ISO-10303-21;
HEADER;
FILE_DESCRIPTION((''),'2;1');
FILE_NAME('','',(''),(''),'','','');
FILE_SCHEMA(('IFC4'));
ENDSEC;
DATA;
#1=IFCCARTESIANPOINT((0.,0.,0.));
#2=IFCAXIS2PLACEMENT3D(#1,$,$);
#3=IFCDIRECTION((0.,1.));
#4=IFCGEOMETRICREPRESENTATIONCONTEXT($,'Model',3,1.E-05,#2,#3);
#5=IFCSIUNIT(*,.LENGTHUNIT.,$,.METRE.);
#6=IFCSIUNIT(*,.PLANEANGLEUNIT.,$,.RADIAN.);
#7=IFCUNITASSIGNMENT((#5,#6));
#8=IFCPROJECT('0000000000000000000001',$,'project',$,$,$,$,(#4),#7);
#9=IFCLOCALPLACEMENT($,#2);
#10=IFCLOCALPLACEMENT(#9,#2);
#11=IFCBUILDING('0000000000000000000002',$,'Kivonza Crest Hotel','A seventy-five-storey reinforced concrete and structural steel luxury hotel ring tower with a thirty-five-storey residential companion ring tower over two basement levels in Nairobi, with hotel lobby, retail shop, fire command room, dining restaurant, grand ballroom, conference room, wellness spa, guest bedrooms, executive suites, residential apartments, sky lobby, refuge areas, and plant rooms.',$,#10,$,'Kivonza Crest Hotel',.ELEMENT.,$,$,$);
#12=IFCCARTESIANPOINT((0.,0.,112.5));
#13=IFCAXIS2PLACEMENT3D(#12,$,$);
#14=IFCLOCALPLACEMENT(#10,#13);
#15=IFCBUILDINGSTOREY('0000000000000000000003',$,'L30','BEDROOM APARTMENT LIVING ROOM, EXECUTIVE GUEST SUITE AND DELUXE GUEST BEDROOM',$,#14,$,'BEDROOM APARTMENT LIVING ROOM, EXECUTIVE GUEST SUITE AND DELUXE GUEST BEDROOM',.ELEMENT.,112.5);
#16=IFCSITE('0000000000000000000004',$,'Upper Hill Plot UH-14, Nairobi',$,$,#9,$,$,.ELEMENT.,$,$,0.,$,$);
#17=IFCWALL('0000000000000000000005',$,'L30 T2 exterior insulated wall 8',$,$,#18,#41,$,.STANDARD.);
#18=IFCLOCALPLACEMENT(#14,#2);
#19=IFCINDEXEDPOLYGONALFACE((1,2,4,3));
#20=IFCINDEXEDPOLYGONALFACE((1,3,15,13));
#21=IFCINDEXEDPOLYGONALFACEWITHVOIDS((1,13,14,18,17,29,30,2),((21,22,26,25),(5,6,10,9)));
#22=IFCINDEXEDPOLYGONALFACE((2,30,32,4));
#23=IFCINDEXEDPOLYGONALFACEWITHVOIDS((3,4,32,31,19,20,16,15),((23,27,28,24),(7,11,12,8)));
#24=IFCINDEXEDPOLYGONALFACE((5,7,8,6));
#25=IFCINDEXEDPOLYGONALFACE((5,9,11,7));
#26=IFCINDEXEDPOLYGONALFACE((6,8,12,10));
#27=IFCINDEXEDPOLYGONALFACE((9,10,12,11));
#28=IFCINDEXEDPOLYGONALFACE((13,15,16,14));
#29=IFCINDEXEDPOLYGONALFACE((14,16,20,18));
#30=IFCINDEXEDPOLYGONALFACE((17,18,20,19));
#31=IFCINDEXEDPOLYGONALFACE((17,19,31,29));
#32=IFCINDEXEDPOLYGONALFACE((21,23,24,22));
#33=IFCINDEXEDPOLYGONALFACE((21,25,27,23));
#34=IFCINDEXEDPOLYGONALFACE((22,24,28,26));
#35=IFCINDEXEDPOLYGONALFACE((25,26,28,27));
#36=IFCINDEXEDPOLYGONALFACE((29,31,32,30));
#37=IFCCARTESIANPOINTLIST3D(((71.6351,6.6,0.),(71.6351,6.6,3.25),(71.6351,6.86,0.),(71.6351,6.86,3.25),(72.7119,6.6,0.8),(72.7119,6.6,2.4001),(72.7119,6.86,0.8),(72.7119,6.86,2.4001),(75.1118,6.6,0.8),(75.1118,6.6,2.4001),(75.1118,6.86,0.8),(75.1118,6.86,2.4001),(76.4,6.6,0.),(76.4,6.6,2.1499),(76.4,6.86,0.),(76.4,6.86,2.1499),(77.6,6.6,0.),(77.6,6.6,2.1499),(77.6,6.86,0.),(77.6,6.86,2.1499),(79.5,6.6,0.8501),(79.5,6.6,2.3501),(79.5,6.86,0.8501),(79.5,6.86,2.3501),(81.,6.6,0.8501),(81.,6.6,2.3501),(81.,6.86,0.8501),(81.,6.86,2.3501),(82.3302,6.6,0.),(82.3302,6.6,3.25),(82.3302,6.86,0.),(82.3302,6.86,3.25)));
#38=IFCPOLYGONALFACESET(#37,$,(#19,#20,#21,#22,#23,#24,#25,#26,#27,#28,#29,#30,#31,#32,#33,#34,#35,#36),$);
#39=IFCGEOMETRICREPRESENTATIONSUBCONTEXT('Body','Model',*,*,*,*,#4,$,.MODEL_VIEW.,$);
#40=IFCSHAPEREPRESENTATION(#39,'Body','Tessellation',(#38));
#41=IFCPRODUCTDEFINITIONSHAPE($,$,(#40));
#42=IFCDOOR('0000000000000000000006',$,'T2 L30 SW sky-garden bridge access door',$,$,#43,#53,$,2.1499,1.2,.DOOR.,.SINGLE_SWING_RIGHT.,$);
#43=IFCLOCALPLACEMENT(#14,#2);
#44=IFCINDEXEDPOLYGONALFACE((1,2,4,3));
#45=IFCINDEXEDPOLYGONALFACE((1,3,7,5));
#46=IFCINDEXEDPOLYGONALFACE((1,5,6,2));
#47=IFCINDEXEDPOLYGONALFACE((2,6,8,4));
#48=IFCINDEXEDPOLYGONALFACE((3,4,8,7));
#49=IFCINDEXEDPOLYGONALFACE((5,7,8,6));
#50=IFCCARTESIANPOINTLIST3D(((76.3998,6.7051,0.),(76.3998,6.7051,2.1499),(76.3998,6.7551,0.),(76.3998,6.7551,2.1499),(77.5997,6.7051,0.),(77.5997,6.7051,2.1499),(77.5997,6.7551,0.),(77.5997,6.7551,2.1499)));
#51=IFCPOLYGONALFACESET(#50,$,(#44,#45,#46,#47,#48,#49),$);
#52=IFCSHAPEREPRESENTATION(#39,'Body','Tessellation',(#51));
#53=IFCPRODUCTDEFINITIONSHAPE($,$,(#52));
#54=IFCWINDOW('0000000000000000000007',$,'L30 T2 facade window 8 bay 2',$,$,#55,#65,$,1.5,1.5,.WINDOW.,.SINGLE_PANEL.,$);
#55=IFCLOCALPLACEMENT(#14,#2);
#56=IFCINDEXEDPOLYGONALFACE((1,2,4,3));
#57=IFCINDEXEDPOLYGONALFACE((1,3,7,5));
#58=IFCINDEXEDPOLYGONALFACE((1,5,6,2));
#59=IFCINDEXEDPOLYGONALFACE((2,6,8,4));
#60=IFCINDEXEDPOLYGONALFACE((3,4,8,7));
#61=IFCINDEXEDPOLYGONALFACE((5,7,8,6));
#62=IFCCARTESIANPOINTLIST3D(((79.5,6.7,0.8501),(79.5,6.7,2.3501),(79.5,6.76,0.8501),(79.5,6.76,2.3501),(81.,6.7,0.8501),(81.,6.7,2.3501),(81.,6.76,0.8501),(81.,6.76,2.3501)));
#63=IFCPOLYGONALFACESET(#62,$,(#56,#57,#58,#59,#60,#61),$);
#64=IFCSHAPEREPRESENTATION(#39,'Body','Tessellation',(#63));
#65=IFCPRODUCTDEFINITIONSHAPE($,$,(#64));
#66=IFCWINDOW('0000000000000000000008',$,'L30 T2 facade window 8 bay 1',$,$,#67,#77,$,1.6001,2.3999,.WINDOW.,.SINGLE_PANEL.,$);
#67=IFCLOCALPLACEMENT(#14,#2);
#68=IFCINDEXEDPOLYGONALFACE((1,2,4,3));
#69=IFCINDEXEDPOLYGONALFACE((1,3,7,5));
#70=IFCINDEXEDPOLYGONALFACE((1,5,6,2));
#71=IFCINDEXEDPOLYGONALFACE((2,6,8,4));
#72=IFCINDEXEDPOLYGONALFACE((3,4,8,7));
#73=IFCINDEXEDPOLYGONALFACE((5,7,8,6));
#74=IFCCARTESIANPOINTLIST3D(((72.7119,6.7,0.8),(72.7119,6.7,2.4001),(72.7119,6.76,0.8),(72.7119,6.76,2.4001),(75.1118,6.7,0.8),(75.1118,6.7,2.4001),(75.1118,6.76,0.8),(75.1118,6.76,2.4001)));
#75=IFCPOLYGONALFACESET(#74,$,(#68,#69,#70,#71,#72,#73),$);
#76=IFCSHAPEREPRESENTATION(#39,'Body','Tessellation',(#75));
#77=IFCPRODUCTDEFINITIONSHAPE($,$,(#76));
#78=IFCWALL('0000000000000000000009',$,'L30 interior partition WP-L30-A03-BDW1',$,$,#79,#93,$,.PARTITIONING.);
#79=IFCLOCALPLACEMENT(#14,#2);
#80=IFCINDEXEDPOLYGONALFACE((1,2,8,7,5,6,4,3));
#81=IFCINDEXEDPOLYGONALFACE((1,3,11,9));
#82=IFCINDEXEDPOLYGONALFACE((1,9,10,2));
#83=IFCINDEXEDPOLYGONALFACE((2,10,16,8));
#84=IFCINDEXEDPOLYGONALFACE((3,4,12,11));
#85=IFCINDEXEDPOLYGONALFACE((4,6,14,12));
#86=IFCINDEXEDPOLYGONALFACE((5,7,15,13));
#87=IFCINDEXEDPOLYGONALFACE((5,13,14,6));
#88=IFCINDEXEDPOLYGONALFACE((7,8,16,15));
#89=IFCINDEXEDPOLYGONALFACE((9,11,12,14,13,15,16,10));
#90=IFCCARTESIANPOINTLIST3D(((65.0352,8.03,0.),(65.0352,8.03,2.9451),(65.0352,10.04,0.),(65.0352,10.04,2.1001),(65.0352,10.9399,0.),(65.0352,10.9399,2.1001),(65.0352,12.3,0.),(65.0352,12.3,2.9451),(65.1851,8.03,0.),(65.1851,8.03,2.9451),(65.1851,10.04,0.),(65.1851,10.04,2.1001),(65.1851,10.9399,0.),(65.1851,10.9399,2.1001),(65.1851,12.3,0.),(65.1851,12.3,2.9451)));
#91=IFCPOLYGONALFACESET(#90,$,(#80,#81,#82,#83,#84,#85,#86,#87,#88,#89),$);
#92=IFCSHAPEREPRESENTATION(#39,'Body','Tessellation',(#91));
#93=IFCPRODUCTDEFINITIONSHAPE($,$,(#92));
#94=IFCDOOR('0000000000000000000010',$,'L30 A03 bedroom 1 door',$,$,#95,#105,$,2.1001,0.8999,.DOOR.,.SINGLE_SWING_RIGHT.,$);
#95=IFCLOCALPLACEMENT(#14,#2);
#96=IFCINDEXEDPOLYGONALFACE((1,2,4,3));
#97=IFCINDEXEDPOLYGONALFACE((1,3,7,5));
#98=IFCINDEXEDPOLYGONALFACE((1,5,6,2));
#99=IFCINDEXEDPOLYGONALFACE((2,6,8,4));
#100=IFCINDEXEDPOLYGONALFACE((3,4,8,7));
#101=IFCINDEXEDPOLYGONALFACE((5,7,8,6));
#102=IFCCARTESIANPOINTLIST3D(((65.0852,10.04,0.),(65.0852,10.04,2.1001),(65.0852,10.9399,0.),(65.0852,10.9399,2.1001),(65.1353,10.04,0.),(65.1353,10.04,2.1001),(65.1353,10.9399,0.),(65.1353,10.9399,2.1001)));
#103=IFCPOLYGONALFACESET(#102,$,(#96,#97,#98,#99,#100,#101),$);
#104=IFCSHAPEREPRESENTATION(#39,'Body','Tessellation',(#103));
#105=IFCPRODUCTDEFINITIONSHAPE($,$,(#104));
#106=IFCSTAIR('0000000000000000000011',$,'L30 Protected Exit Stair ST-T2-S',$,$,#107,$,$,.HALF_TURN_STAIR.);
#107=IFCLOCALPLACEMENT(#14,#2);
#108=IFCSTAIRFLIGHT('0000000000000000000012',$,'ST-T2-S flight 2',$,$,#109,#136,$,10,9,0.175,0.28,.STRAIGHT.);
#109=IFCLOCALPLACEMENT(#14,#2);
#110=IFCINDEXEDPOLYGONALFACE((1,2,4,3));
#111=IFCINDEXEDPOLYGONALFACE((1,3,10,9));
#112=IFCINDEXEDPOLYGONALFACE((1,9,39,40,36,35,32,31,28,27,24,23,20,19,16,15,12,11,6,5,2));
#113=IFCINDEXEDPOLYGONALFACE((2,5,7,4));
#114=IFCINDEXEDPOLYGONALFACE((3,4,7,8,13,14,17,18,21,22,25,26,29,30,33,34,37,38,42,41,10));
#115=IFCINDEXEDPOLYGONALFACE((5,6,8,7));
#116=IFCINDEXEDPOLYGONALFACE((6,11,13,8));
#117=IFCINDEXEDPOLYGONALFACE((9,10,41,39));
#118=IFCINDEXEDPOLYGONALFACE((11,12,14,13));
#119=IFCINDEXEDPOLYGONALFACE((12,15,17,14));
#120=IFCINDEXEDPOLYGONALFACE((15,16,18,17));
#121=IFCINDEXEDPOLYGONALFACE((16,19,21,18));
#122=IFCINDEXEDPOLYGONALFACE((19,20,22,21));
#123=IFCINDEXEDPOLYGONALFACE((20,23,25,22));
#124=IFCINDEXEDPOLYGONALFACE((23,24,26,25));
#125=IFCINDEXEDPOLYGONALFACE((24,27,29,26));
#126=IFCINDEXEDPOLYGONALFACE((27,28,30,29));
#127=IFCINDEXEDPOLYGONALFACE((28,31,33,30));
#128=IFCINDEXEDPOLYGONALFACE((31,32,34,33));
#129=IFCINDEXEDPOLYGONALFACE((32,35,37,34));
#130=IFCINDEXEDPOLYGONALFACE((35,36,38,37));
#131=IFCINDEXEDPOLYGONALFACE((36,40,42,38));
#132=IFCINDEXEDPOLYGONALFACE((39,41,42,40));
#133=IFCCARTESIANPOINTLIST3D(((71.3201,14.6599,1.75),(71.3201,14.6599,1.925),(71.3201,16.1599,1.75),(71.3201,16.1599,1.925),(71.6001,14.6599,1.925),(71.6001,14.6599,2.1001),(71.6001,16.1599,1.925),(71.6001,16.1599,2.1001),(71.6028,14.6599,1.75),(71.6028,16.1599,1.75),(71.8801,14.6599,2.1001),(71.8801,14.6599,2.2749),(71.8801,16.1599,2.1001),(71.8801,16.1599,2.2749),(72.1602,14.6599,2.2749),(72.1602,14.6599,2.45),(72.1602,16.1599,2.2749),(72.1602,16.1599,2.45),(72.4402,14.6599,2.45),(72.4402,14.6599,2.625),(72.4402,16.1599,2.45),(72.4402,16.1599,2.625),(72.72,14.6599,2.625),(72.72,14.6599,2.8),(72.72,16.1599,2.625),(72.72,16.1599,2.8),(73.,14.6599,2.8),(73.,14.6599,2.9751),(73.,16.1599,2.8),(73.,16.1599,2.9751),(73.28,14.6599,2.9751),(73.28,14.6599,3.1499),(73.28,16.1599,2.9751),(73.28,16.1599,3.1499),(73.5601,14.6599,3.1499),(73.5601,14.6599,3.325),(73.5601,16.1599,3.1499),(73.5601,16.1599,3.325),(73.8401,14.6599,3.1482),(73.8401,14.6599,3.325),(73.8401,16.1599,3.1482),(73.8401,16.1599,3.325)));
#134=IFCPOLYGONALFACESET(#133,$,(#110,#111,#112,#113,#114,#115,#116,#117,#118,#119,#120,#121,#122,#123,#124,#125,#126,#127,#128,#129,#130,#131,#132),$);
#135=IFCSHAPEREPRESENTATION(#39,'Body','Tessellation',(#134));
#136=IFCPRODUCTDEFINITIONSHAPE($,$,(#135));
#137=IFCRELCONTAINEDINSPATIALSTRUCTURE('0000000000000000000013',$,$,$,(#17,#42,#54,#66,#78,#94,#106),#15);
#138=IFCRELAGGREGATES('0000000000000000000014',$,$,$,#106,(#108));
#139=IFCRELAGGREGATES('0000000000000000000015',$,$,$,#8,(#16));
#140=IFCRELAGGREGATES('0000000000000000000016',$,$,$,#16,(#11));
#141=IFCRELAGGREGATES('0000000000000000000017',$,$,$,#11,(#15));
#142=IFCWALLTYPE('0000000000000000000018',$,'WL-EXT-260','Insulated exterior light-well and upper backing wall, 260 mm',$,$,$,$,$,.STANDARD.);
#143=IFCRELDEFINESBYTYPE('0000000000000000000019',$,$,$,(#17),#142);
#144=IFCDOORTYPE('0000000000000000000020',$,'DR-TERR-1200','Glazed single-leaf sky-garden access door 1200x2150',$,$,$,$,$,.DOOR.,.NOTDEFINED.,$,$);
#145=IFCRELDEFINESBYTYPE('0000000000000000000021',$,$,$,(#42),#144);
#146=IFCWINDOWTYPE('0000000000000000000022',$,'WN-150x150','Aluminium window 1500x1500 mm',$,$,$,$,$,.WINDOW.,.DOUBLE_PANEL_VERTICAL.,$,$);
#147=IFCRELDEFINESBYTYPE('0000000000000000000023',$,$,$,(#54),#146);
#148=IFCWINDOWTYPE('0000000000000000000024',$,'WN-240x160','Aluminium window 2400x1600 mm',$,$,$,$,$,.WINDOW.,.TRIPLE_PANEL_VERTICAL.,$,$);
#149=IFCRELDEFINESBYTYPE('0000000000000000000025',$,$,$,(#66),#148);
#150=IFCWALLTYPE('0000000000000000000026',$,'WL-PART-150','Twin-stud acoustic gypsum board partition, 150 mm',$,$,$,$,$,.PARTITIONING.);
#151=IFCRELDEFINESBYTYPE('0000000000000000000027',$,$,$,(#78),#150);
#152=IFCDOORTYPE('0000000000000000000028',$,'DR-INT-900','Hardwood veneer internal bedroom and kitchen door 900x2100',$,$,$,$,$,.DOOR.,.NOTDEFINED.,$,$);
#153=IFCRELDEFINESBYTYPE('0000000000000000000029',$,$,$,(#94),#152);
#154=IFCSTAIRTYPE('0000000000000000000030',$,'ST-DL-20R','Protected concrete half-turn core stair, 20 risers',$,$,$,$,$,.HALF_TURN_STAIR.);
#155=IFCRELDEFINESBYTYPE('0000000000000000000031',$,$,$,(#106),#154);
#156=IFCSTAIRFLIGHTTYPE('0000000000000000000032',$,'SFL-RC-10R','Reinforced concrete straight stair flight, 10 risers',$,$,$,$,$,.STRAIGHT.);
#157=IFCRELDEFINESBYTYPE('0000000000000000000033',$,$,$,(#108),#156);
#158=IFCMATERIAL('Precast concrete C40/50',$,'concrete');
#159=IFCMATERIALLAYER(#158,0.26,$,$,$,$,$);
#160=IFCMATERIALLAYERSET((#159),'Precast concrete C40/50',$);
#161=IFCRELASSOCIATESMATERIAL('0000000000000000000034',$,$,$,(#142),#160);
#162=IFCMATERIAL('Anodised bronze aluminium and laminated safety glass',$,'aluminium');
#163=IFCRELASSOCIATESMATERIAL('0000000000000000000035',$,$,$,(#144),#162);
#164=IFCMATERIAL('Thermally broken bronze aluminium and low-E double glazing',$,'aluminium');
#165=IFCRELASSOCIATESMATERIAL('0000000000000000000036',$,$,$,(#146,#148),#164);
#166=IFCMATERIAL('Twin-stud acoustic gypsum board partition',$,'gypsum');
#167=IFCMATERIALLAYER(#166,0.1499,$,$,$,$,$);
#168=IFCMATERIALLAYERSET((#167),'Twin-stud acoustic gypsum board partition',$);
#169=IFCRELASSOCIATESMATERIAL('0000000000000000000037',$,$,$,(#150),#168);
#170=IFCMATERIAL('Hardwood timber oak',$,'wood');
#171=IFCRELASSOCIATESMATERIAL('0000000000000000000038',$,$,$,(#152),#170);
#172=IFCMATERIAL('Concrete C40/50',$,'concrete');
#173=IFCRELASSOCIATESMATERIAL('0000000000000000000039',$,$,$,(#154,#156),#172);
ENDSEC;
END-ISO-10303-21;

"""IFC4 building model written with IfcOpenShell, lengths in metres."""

from ifc_helpers import new_model, si_unit, direction, frame, frame_2d, origin, place, context, subcontext, project, spatial, polyline, rectangle, outline, extrude, material, layer, layer_set, type_object, element, fill, aggregate, save


model = new_model("IFC4")

# Units and contexts
model_context = context("Model", 3, precision=1e-05, world=origin(), true_north=direction((0.0, 1.0)))
body_context = subcontext(model_context, "Body", "Model", "MODEL_VIEW")
ifc_project = project(units=[si_unit("LENGTHUNIT", "METRE"), si_unit("PLANEANGLEUNIT", "RADIAN")], contexts=[model_context])

# Site, building, storey
site_placement = place(None, origin())
site = spatial("IfcSite", under=ifc_project, at=site_placement, Name="Upper Hill Plot UH-14, Nairobi", CompositionType="ELEMENT", RefElevation=0.0)
building_placement = place(site_placement, origin())
building = spatial("IfcBuilding", under=site, at=building_placement, Name="Kivonza Crest Hotel", Description="A seventy-five-storey reinforced concrete and structural steel luxury hotel ring tower with a thirty-five-storey residential companion ring tower over two basement levels in Nairobi, with hotel lobby, retail shop, fire command room, dining restaurant, grand ballroom, conference room, wellness spa, guest bedrooms, executive suites, residential apartments, sky lobby, refuge areas, and plant rooms.", LongName="Kivonza Crest Hotel", CompositionType="ELEMENT")
storey_placement = place(building_placement, frame((0.0, 0.0, 112.5)))
storey = spatial("IfcBuildingStorey", under=building, at=storey_placement, Name="L30", Description="BEDROOM APARTMENT LIVING ROOM, EXECUTIVE GUEST SUITE AND DELUXE GUEST BEDROOM", LongName="BEDROOM APARTMENT LIVING ROOM, EXECUTIVE GUEST SUITE AND DELUXE GUEST BEDROOM", CompositionType="ELEMENT", Elevation=112.5)

# Shared definitions
ifc_material_1 = material(Name="Hardwood timber oak", Category="wood")

# Wall, openings, door, windows
ifc_material_2 = material(Name="Precast concrete C40/50", Category="concrete")
ifc_layer_1 = layer(ifc_material_2, 0.26)
ifc_layer_set_1 = layer_set([ifc_layer_1], Name="Precast concrete C40/50")
wall_type_1 = type_object("IfcWallType", Name="WL-EXT-260", Description="Insulated exterior light-well and upper backing wall, 260 mm", PredefinedType="STANDARD", material=ifc_layer_set_1)
wall_1_placement = place(storey_placement, frame((71.635, 6.73, 0.0), z_axis=(0.0, 0.0, 1.0), x_axis=(1.0, 0.0, 0.0)))
wall_1 = element("IfcWall", 1, at=wall_1_placement, inside=storey, type_object=wall_type_1, Name="L30 T2 exterior insulated wall 8", PredefinedType="STANDARD", context=body_context, shape_type="SweptSolid", body=[
    extrude(rectangle(XDim=10.6951, YDim=0.26, at=frame_2d((5.3477, 0.0))), origin(), (0.0, 0.0, 1.0), 3.25),
])
opening_1_placement = place(wall_1_placement, frame((4.7649, 0.0, 0.0)))
opening_1 = element("IfcOpeningElement", 2, at=opening_1_placement, cuts=wall_1, PredefinedType="OPENING", context=body_context, shape_type="SweptSolid", body=[
    extrude(rectangle(XDim=1.2, YDim=2.1499, at=frame_2d((0.6001, 1.075))), frame((0.0, 0.1401, 0.0), z_axis=(0.0, -1.0, 0.0), x_axis=(1.0, 0.0, 0.0)), (0.0, 0.0, 1.0), 0.28),
])
opening_2_placement = place(wall_1_placement, frame((1.0769, 0.0, 0.8)))
opening_2 = element("IfcOpeningElement", 3, at=opening_2_placement, cuts=wall_1, PredefinedType="OPENING", context=body_context, shape_type="SweptSolid", body=[
    extrude(rectangle(XDim=2.3999, YDim=1.6001, at=frame_2d((1.2, 0.8))), frame((0.0, 0.1401, 0.0), z_axis=(0.0, -1.0, 0.0), x_axis=(1.0, 0.0, 0.0)), (0.0, 0.0, 1.0), 0.28),
])
opening_3_placement = place(wall_1_placement, frame((7.865, 0.0, 0.8501)))
opening_3 = element("IfcOpeningElement", 4, at=opening_3_placement, cuts=wall_1, PredefinedType="OPENING", context=body_context, shape_type="SweptSolid", body=[
    extrude(rectangle(XDim=1.5, YDim=1.5, at=frame_2d((0.75, 0.75))), frame((0.0, 0.1401, 0.0), z_axis=(0.0, -1.0, 0.0), x_axis=(1.0, 0.0, 0.0)), (0.0, 0.0, 1.0), 0.28),
])
ifc_material_3 = material(Name="Anodised bronze aluminium and laminated safety glass", Category="aluminium")
door_type_1 = type_object("IfcDoorType", Name="DR-TERR-1200", Description="Glazed single-leaf sky-garden access door 1200x2150", OperationType="NOTDEFINED", PredefinedType="DOOR", material=ifc_material_3)
door_1_placement = place(opening_1_placement, frame((1.2, 0.0, 0.0), z_axis=(0.0, 0.0, 1.0), x_axis=(-1.0, 0.0, 0.0)))
door_1 = element("IfcDoor", 5, at=door_1_placement, inside=storey, type_object=door_type_1, Name="T2 L30 SW sky-garden bridge access door", OperationType="SINGLE_SWING_RIGHT", OverallHeight=2.1499, OverallWidth=1.2, PredefinedType="DOOR", context=body_context, shape_type="SweptSolid", body=[
    extrude(rectangle(XDim=1.2, YDim=2.1499, at=frame_2d((0.6001, 1.075))), frame((0.0, 0.0249, 0.0), z_axis=(0.0, -1.0, 0.0), x_axis=(1.0, 0.0, 0.0)), (0.0, 0.0, 1.0), 0.05),
])
fill(opening_1, door_1)
ifc_material_4 = material(Name="Thermally broken bronze aluminium and low-E double glazing", Category="aluminium")
window_type_1 = type_object("IfcWindowType", Name="WN-150x150", Description="Aluminium window 1500x1500 mm", PartitioningType="DOUBLE_PANEL_VERTICAL", PredefinedType="WINDOW", material=ifc_material_4)
window_1_placement = place(opening_3_placement, origin())
window_1 = element("IfcWindow", 6, at=window_1_placement, inside=storey, type_object=window_type_1, Name="L30 T2 facade window 8 bay 2", OverallHeight=1.5, OverallWidth=1.5, PartitioningType="SINGLE_PANEL", PredefinedType="WINDOW", context=body_context, shape_type="SweptSolid", body=[
    extrude(rectangle(XDim=1.5, YDim=1.5, at=frame_2d((0.75, 0.75))), frame((0.0, 0.03, 0.0), z_axis=(0.0, -1.0, 0.0), x_axis=(1.0, 0.0, 0.0)), (0.0, 0.0, 1.0), 0.0601),
])
fill(opening_3, window_1)
window_type_2 = type_object("IfcWindowType", Name="WN-240x160", Description="Aluminium window 2400x1600 mm", PartitioningType="TRIPLE_PANEL_VERTICAL", PredefinedType="WINDOW", material=ifc_material_4)
window_2_placement = place(opening_2_placement, origin())
window_2 = element("IfcWindow", 7, at=window_2_placement, inside=storey, type_object=window_type_2, Name="L30 T2 facade window 8 bay 1", OverallHeight=1.6001, OverallWidth=2.3999, PartitioningType="SINGLE_PANEL", PredefinedType="WINDOW", context=body_context, shape_type="SweptSolid", body=[
    extrude(rectangle(XDim=2.3999, YDim=1.6001, at=frame_2d((1.2, 0.8))), frame((0.0, 0.03, 0.0), z_axis=(0.0, -1.0, 0.0), x_axis=(1.0, 0.0, 0.0)), (0.0, 0.0, 1.0), 0.0601),
])
fill(opening_2, window_2)

# Wall, opening, door
ifc_material_5 = material(Name="Twin-stud acoustic gypsum board partition", Category="gypsum")
ifc_layer_2 = layer(ifc_material_5, 0.1499)
ifc_layer_set_2 = layer_set([ifc_layer_2], Name="Twin-stud acoustic gypsum board partition")
wall_type_2 = type_object("IfcWallType", Name="WL-PART-150", Description="Twin-stud acoustic gypsum board partition, 150 mm", PredefinedType="PARTITIONING", material=ifc_layer_set_2)
wall_2_placement = place(storey_placement, frame((65.1101, 8.03, 0.0), z_axis=(0.0, 0.0, 1.0), x_axis=(0.0, 1.0, 0.0)))
wall_2 = element("IfcWall", 8, at=wall_2_placement, inside=storey, type_object=wall_type_2, Name="L30 interior partition WP-L30-A03-BDW1", PredefinedType="PARTITIONING", context=body_context, shape_type="SweptSolid", body=[
    extrude(rectangle(XDim=4.27, YDim=0.1499, at=frame_2d((2.135, 0.0))), origin(), (0.0, 0.0, 1.0), 2.9451),
])
opening_4_placement = place(wall_2_placement, frame((2.01, 0.0, 0.0)))
opening_4 = element("IfcOpeningElement", 9, at=opening_4_placement, cuts=wall_2, PredefinedType="OPENING", context=body_context, shape_type="SweptSolid", body=[
    extrude(rectangle(XDim=0.8999, YDim=2.1001, at=frame_2d((0.45, 1.05))), frame((0.0, 0.085, 0.0), z_axis=(0.0, -1.0, 0.0), x_axis=(1.0, 0.0, 0.0)), (0.0, 0.0, 1.0), 0.1699),
])
door_type_2 = type_object("IfcDoorType", Name="DR-INT-900", Description="Hardwood veneer internal bedroom and kitchen door 900x2100", OperationType="NOTDEFINED", PredefinedType="DOOR", material=ifc_material_1)
door_2_placement = place(opening_4_placement, origin())
door_2 = element("IfcDoor", 10, at=door_2_placement, inside=storey, type_object=door_type_2, Name="L30 A03 bedroom 1 door", OperationType="SINGLE_SWING_RIGHT", OverallHeight=2.1001, OverallWidth=0.8999, PredefinedType="DOOR", context=body_context, shape_type="SweptSolid", body=[
    extrude(rectangle(XDim=0.8999, YDim=2.1001, at=frame_2d((0.45, 1.05))), frame((0.0, 0.0249, 0.0), z_axis=(0.0, -1.0, 0.0), x_axis=(1.0, 0.0, 0.0)), (0.0, 0.0, 1.0), 0.05),
])
fill(opening_4, door_2)

# Stair, stair flight
ifc_material_6 = material(Name="Concrete C40/50", Category="concrete")
stair_type = type_object("IfcStairType", Name="ST-DL-20R", Description="Protected concrete half-turn core stair, 20 risers", PredefinedType="HALF_TURN_STAIR", material=ifc_material_6)
stair_placement = place(storey_placement, origin())
stair = element("IfcStair", 11, at=stair_placement, inside=storey, type_object=stair_type, Name="L30 Protected Exit Stair ST-T2-S", PredefinedType="HALF_TURN_STAIR")
stair_flight_type = type_object("IfcStairFlightType", Name="SFL-RC-10R", Description="Reinforced concrete straight stair flight, 10 risers", PredefinedType="STRAIGHT", material=ifc_material_6)
stair_flight_placement = place(storey_placement, frame((71.3201, 15.4099, 1.75), z_axis=(0.0, 0.0, 1.0), x_axis=(1.0, 0.0, 0.0)))
stair_flight = element("IfcStairFlight", 12, at=stair_flight_placement, type_object=stair_flight_type, Name="ST-T2-S flight 2", NumberOfRisers=10, NumberOfTreads=9, PredefinedType="STRAIGHT", RiserHeight=0.175, TreadLength=0.28, context=body_context, shape_type="SweptSolid", body=[
    extrude(outline(polyline([(0.0, 0.0), (0.0, 0.175), (0.28, 0.175), (0.28, 0.3501), (0.5601, 0.3501), (0.5601, 0.5249), (0.8401, 0.5249), (0.8401, 0.7), (1.1201, 0.7), (1.1201, 0.875), (1.3999, 0.875), (1.3999, 1.05), (1.6799, 1.05), (1.6799, 1.2251), (1.96, 1.2251), (1.96, 1.3999), (2.24, 1.3999), (2.24, 1.575), (2.52, 1.575), (2.52, 1.75), (2.52, 1.3982), (0.2827, 0.0), (0.0, 0.0)])), frame((0.0, 0.75, 0.0), z_axis=(0.0, -1.0, 0.0), x_axis=(1.0, 0.0, 0.0)), (0.0, 0.0, 1.0), 1.5),
])
aggregate(stair, [stair_flight])

save(model, "model.ifc")
